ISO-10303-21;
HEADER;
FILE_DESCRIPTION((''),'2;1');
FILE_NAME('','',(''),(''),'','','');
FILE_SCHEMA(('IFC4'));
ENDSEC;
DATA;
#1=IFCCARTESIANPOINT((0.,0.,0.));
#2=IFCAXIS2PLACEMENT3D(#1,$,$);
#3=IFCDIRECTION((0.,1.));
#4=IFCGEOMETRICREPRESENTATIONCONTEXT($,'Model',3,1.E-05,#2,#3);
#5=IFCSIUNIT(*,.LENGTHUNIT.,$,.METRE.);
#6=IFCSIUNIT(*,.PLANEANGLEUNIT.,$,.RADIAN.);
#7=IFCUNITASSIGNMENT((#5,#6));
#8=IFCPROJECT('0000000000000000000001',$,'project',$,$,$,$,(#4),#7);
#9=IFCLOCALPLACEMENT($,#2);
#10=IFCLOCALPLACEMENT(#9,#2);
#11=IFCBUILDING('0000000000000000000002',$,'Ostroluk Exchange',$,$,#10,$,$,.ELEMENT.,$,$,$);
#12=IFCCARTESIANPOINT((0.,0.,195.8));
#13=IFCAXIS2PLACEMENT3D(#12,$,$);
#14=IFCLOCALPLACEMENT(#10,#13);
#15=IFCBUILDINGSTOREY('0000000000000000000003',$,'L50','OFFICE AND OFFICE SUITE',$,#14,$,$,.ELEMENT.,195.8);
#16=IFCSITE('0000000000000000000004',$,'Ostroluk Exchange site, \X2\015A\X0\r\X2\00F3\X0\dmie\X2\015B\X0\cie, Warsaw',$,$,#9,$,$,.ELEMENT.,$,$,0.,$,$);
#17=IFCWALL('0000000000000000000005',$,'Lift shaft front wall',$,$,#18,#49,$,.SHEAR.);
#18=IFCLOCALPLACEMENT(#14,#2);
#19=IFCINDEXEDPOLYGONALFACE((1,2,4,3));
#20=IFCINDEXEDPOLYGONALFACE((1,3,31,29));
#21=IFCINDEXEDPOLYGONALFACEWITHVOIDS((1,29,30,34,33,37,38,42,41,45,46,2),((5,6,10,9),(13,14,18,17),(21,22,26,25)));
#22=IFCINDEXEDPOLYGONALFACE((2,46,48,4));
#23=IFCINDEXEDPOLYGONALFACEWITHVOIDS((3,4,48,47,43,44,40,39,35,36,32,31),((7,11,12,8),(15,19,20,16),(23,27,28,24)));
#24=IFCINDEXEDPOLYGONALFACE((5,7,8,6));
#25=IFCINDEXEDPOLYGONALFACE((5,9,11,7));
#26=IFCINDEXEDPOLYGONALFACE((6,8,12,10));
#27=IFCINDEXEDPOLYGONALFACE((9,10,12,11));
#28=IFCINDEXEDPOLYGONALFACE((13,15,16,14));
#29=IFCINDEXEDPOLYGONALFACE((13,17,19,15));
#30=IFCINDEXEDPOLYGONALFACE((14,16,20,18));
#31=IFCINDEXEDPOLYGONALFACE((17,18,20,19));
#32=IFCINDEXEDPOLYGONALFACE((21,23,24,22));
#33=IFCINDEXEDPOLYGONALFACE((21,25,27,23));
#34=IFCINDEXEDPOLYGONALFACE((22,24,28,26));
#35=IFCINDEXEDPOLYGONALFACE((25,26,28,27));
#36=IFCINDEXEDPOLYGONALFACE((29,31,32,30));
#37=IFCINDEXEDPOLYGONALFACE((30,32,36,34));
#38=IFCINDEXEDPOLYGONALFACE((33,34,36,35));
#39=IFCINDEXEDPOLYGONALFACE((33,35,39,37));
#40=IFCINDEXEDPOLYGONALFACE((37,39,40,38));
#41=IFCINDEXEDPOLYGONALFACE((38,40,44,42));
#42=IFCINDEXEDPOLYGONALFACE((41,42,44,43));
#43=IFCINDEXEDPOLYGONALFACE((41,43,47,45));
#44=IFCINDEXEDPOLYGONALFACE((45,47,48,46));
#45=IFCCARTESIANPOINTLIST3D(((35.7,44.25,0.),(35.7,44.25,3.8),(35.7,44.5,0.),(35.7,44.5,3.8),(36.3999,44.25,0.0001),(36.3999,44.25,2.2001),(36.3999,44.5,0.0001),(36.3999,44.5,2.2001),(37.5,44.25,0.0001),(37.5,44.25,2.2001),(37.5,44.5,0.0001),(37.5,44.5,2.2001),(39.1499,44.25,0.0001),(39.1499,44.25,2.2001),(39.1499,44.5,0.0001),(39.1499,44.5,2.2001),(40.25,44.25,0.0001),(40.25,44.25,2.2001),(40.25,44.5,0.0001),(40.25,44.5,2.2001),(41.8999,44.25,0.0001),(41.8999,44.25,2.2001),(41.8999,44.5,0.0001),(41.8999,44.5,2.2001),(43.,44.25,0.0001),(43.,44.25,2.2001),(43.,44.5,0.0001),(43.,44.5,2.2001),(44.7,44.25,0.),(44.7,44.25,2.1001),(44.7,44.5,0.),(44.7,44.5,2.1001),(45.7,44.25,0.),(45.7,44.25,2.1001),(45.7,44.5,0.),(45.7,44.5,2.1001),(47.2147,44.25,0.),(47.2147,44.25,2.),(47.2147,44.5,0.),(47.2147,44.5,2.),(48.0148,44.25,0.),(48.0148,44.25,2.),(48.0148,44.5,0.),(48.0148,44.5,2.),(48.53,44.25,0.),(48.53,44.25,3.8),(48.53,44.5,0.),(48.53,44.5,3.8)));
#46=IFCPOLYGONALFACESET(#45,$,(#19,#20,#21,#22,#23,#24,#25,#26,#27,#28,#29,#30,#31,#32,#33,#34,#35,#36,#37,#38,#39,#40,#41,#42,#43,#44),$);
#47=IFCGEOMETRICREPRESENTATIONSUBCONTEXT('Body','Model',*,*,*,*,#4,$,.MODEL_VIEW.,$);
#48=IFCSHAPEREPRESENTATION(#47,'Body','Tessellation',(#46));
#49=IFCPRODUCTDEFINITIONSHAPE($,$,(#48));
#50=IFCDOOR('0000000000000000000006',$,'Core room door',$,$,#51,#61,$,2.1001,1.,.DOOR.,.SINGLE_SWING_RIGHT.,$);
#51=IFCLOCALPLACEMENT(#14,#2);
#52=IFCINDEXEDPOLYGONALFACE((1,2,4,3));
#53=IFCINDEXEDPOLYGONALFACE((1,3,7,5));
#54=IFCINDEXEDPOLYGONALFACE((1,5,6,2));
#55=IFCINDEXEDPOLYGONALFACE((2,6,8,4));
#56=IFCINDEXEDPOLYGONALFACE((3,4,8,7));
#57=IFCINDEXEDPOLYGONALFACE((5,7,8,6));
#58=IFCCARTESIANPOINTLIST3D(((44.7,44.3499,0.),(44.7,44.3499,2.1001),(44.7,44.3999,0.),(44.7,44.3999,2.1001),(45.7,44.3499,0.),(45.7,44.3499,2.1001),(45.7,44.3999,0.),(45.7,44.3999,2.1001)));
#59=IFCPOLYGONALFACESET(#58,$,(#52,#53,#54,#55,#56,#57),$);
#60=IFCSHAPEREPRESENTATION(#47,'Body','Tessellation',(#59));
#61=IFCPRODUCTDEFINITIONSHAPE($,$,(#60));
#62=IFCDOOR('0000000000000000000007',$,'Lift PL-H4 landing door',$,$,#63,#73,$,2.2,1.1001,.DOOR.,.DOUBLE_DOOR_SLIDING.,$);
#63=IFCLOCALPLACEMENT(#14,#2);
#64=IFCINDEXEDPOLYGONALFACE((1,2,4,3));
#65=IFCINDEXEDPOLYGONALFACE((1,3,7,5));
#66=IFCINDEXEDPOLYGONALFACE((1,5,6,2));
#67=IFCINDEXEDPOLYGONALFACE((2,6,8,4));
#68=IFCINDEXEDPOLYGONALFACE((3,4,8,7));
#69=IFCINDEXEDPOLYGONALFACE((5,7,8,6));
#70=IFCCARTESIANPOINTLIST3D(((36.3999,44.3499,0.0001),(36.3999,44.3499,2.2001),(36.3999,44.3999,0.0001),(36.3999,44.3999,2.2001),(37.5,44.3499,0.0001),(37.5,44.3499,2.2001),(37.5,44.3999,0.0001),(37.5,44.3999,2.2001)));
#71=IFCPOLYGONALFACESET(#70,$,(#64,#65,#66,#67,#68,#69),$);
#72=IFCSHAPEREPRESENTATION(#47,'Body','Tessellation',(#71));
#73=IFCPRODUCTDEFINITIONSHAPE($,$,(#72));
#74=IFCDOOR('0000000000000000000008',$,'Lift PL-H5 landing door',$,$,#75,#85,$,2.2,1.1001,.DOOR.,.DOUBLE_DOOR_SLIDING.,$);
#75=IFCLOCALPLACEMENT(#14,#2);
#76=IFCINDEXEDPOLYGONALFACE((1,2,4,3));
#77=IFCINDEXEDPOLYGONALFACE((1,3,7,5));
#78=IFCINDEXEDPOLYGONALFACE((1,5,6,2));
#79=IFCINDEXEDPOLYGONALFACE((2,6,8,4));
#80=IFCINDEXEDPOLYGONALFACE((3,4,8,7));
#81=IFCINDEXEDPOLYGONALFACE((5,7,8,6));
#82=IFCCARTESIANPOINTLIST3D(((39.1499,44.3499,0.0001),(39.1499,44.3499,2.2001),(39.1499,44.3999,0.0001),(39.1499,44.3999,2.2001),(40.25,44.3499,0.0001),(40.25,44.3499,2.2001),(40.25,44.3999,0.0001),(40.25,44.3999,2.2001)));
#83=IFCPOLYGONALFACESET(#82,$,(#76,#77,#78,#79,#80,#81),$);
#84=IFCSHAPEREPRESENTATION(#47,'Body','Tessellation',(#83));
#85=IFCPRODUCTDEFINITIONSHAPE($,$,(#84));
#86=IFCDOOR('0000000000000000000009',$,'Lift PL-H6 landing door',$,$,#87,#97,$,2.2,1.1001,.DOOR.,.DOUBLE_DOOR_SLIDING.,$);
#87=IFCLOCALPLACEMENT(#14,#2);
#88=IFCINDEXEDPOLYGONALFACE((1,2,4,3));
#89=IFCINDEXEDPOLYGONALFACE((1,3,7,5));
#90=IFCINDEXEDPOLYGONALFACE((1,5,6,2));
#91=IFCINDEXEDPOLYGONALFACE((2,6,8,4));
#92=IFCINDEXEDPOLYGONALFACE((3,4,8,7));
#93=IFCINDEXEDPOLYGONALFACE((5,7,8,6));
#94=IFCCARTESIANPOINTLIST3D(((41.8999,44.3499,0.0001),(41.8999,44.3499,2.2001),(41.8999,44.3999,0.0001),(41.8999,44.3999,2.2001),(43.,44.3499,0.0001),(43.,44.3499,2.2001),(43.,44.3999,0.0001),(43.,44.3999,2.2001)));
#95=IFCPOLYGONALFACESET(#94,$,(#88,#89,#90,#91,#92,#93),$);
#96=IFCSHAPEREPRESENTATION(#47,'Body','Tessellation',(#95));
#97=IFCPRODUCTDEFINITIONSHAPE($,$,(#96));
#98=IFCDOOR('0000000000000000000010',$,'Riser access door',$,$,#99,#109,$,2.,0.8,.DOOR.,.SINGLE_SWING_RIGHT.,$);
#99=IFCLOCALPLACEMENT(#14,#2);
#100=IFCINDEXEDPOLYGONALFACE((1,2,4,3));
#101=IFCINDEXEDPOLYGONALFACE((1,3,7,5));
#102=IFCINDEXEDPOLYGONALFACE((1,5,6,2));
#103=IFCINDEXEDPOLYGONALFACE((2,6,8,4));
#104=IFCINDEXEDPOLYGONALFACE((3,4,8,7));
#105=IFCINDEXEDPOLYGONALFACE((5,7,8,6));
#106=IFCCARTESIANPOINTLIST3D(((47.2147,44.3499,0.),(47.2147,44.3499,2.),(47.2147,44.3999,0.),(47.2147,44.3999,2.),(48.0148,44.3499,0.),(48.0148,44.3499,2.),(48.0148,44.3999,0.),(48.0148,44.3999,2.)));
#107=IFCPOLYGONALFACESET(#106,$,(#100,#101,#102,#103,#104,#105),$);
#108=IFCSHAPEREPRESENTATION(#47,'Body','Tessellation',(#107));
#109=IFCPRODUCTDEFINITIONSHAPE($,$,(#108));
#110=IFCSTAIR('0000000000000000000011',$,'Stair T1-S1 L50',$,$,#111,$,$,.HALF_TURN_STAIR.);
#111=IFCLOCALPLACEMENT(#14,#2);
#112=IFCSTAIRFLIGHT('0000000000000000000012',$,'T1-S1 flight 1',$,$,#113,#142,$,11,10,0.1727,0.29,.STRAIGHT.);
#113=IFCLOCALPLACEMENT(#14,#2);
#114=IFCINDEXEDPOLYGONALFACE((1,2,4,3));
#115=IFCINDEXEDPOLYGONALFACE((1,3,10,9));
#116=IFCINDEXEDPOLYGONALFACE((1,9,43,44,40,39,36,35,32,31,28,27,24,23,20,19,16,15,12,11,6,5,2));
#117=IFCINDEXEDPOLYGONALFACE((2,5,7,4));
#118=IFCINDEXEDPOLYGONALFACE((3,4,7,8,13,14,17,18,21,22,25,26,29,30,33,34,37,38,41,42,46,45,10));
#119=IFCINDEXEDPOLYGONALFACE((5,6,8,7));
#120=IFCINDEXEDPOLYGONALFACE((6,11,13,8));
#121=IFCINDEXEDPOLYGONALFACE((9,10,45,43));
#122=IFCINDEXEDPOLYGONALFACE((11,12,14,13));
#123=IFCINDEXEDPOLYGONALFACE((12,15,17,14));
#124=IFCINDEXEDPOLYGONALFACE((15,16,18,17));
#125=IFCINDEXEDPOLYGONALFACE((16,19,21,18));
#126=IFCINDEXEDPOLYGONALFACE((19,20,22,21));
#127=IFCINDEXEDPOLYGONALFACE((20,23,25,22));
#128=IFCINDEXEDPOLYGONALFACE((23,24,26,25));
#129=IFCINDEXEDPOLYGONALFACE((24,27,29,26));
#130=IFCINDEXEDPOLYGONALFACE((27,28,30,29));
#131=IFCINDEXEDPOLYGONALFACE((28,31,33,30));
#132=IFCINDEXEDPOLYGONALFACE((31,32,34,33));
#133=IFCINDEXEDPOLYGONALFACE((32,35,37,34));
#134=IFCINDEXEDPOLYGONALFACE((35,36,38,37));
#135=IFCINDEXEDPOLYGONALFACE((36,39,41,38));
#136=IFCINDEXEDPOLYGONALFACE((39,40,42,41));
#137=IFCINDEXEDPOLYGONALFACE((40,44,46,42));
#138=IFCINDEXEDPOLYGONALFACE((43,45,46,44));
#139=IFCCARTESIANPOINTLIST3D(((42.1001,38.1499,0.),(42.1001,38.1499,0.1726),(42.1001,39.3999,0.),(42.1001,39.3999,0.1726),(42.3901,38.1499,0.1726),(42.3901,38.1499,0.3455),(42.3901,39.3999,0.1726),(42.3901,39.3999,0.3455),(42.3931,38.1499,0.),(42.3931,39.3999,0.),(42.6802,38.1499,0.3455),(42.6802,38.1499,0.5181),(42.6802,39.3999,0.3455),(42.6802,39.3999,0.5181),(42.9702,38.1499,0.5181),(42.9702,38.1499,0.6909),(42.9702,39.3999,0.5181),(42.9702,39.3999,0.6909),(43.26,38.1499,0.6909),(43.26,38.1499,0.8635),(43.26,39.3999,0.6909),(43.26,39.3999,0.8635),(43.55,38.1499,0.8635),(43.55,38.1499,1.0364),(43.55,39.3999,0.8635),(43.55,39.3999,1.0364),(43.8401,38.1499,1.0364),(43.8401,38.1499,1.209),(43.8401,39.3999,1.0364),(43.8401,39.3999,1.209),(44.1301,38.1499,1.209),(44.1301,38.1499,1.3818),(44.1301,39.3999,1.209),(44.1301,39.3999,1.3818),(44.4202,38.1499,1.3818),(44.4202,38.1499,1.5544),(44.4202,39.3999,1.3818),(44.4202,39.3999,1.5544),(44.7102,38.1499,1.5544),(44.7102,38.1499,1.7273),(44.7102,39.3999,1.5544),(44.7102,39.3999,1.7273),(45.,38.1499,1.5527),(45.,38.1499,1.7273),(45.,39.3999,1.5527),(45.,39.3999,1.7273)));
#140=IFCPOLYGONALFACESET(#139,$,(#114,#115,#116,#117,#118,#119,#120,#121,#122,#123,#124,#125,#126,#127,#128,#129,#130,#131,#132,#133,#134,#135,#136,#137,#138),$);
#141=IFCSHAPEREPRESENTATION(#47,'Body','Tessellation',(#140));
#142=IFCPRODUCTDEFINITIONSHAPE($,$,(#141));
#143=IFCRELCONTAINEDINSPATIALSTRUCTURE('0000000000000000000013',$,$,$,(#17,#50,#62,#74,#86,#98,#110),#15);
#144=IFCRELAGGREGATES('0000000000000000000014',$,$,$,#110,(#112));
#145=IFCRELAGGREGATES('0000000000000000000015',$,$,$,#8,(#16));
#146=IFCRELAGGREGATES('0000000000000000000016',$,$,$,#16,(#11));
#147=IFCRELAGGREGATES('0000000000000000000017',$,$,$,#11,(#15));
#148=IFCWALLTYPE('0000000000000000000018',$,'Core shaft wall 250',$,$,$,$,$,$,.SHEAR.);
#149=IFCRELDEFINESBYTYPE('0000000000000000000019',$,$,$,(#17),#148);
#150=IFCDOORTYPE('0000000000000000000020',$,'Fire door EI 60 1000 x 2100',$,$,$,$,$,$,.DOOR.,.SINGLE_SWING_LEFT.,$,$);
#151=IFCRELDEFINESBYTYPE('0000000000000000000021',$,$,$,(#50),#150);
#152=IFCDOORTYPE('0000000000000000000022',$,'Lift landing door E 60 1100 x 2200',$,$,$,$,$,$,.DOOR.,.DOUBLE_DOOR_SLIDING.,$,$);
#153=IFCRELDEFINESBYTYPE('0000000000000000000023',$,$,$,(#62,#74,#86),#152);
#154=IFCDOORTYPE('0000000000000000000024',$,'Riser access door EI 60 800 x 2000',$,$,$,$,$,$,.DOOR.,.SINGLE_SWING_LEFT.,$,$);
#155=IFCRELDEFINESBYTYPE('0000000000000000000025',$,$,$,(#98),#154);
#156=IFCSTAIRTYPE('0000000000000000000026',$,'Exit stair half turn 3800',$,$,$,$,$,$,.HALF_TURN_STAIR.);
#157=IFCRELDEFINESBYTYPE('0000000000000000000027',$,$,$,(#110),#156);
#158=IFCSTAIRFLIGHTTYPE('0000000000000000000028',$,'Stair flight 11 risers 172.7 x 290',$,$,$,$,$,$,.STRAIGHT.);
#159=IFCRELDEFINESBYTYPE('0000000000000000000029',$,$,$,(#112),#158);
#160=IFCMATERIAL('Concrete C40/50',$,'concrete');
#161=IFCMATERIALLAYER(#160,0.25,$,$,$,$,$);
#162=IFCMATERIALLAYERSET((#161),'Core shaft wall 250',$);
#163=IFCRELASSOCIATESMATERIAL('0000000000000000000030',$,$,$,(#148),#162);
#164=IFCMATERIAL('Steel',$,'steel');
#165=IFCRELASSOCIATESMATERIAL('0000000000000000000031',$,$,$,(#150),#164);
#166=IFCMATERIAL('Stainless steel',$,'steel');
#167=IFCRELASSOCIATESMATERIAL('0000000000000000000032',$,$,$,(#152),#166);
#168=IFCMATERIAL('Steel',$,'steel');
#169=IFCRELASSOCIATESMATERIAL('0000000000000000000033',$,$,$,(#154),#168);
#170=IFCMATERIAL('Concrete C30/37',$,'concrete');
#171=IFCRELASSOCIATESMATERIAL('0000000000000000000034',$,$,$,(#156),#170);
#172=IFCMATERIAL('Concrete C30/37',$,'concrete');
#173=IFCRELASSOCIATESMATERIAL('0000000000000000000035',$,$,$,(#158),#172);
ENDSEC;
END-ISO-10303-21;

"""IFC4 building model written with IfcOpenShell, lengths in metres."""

from ifc_helpers import new_model, si_unit, direction, frame, frame_2d, origin, place, context, subcontext, project, spatial, polyline, rectangle, outline, extrude, material, layer, layer_set, type_object, element, fill, aggregate, save


model = new_model("IFC4")

# Units and contexts
model_context = context("Model", 3, precision=1e-05, world=origin(), true_north=direction((0.0, 1.0)))
body_context = subcontext(model_context, "Body", "Model", "MODEL_VIEW")
ifc_project = project(units=[si_unit("LENGTHUNIT", "METRE"), si_unit("PLANEANGLEUNIT", "RADIAN")], contexts=[model_context])

# Site, building, storey
site_placement = place(None, origin())
site = spatial("IfcSite", under=ifc_project, at=site_placement, Name="Ostroluk Exchange site, Śródmieście, Warsaw", CompositionType="ELEMENT", RefElevation=0.0)
building_placement = place(site_placement, origin())
building = spatial("IfcBuilding", under=site, at=building_placement, Name="Ostroluk Exchange", CompositionType="ELEMENT")
storey_placement = place(building_placement, frame((0.0, 0.0, 195.8)))
storey = spatial("IfcBuildingStorey", under=building, at=storey_placement, Name="L50", Description="OFFICE AND OFFICE SUITE", CompositionType="ELEMENT", Elevation=195.8)

# Shared definitions
ifc_material_1 = material(Name="Concrete C40/50", Category="concrete")
ifc_layer_1 = layer(ifc_material_1, 0.25)
ifc_layer_set_1 = layer_set([ifc_layer_1], Name="Core shaft wall 250")
wall_type_1 = type_object("IfcWallType", Name="Core shaft wall 250", PredefinedType="SHEAR", material=ifc_layer_set_1)

# Wall, openings, doors
wall_1_placement = place(storey_placement, frame((35.7, 44.375, 0.0), z_axis=(0.0, 0.0, 1.0), x_axis=(1.0, 0.0, 0.0)))
wall_1 = element("IfcWall", 1, at=wall_1_placement, inside=storey, type_object=wall_type_1, Name="Lift shaft front wall", PredefinedType="SHEAR", context=body_context, shape_type="SweptSolid", body=[
    extrude(rectangle(XDim=12.8301, YDim=0.25, at=frame_2d((6.415, 0.0))), origin(), (0.0, 0.0, 1.0), 3.8),
])
opening_1_placement = place(wall_1_placement, frame((0.7, 0.0, 0.0)))
opening_1 = element("IfcOpeningElement", 2, at=opening_1_placement, cuts=wall_1, PredefinedType="OPENING", context=body_context, shape_type="SweptSolid", body=[
    extrude(rectangle(XDim=1.1001, YDim=2.2, at=frame_2d((0.55, 1.1001))), frame((0.0, 0.135, 0.0), z_axis=(0.0, -1.0, 0.0), x_axis=(1.0, 0.0, 0.0)), (0.0, 0.0, 1.0), 0.27),
])
opening_2_placement = place(wall_1_placement, frame((3.45, 0.0, 0.0)))
opening_2 = element("IfcOpeningElement", 3, at=opening_2_placement, cuts=wall_1, PredefinedType="OPENING", context=body_context, shape_type="SweptSolid", body=[
    extrude(rectangle(XDim=1.1001, YDim=2.2, at=frame_2d((0.55, 1.1001))), frame((0.0, 0.135, 0.0), z_axis=(0.0, -1.0, 0.0), x_axis=(1.0, 0.0, 0.0)), (0.0, 0.0, 1.0), 0.27),
])
opening_3_placement = place(wall_1_placement, frame((6.2, 0.0, 0.0)))
opening_3 = element("IfcOpeningElement", 4, at=opening_3_placement, cuts=wall_1, PredefinedType="OPENING", context=body_context, shape_type="SweptSolid", body=[
    extrude(rectangle(XDim=1.1001, YDim=2.2, at=frame_2d((0.55, 1.1001))), frame((0.0, 0.135, 0.0), z_axis=(0.0, -1.0, 0.0), x_axis=(1.0, 0.0, 0.0)), (0.0, 0.0, 1.0), 0.27),
])
opening_4_placement = place(wall_1_placement, frame((9.0, 0.0, 0.0)))
opening_4 = element("IfcOpeningElement", 5, at=opening_4_placement, cuts=wall_1, PredefinedType="OPENING", context=body_context, shape_type="SweptSolid", body=[
    extrude(rectangle(XDim=1.0, YDim=2.1001, at=frame_2d((0.5, 1.05))), frame((0.0, 0.135, 0.0), z_axis=(0.0, -1.0, 0.0), x_axis=(1.0, 0.0, 0.0)), (0.0, 0.0, 1.0), 0.27),
])
opening_5_placement = place(wall_1_placement, frame((11.5149, 0.0, 0.0)))
opening_5 = element("IfcOpeningElement", 6, at=opening_5_placement, cuts=wall_1, PredefinedType="OPENING", context=body_context, shape_type="SweptSolid", body=[
    extrude(rectangle(XDim=0.8, YDim=2.0, at=frame_2d((0.3999, 1.0))), frame((0.0, 0.135, 0.0), z_axis=(0.0, -1.0, 0.0), x_axis=(1.0, 0.0, 0.0)), (0.0, 0.0, 1.0), 0.27),
])
ifc_material_2 = material(Name="Steel", Category="steel")
door_type_1 = type_object("IfcDoorType", Name="Fire door EI 60 1000 x 2100", OperationType="SINGLE_SWING_LEFT", PredefinedType="DOOR", material=ifc_material_2)
door_1_placement = place(opening_4_placement, origin())
door_1 = element("IfcDoor", 7, at=door_1_placement, inside=storey, type_object=door_type_1, Name="Core room door", OperationType="SINGLE_SWING_RIGHT", OverallHeight=2.1001, OverallWidth=1.0, PredefinedType="DOOR", context=body_context, shape_type="SweptSolid", body=[
    extrude(rectangle(XDim=1.0, YDim=2.1001, at=frame_2d((0.5, 1.05))), frame((0.0, 0.0249, 0.0), z_axis=(0.0, -1.0, 0.0), x_axis=(1.0, 0.0, 0.0)), (0.0, 0.0, 1.0), 0.05),
])
fill(opening_4, door_1)
ifc_material_3 = material(Name="Stainless steel", Category="steel")
door_type_2 = type_object("IfcDoorType", Name="Lift landing door E 60 1100 x 2200", OperationType="DOUBLE_DOOR_SLIDING", PredefinedType="DOOR", material=ifc_material_3)
door_2_placement = place(opening_1_placement, origin())
door_2 = element("IfcDoor", 8, at=door_2_placement, inside=storey, type_object=door_type_2, Name="Lift PL-H4 landing door", OperationType="DOUBLE_DOOR_SLIDING", OverallHeight=2.2, OverallWidth=1.1001, PredefinedType="DOOR", context=body_context, shape_type="SweptSolid", body=[
    extrude(rectangle(XDim=1.1001, YDim=2.2, at=frame_2d((0.55, 1.1001))), frame((0.0, 0.0249, 0.0), z_axis=(0.0, -1.0, 0.0), x_axis=(1.0, 0.0, 0.0)), (0.0, 0.0, 1.0), 0.05),
])
fill(opening_1, door_2)
door_3_placement = place(opening_2_placement, origin())
door_3 = element("IfcDoor", 9, at=door_3_placement, inside=storey, type_object=door_type_2, Name="Lift PL-H5 landing door", OperationType="DOUBLE_DOOR_SLIDING", OverallHeight=2.2, OverallWidth=1.1001, PredefinedType="DOOR", context=body_context, shape_type="SweptSolid", body=[
    extrude(rectangle(XDim=1.1001, YDim=2.2, at=frame_2d((0.55, 1.1001))), frame((0.0, 0.0249, 0.0), z_axis=(0.0, -1.0, 0.0), x_axis=(1.0, 0.0, 0.0)), (0.0, 0.0, 1.0), 0.05),
])
fill(opening_2, door_3)
door_4_placement = place(opening_3_placement, origin())
door_4 = element("IfcDoor", 10, at=door_4_placement, inside=storey, type_object=door_type_2, Name="Lift PL-H6 landing door", OperationType="DOUBLE_DOOR_SLIDING", OverallHeight=2.2, OverallWidth=1.1001, PredefinedType="DOOR", context=body_context, shape_type="SweptSolid", body=[
    extrude(rectangle(XDim=1.1001, YDim=2.2, at=frame_2d((0.55, 1.1001))), frame((0.0, 0.0249, 0.0), z_axis=(0.0, -1.0, 0.0), x_axis=(1.0, 0.0, 0.0)), (0.0, 0.0, 1.0), 0.05),
])
fill(opening_3, door_4)
ifc_material_4 = material(Name="Steel", Category="steel")
door_type_3 = type_object("IfcDoorType", Name="Riser access door EI 60 800 x 2000", OperationType="SINGLE_SWING_LEFT", PredefinedType="DOOR", material=ifc_material_4)
door_5_placement = place(opening_5_placement, origin())
door_5 = element("IfcDoor", 11, at=door_5_placement, inside=storey, type_object=door_type_3, Name="Riser access door", OperationType="SINGLE_SWING_RIGHT", OverallHeight=2.0, OverallWidth=0.8, PredefinedType="DOOR", context=body_context, shape_type="SweptSolid", body=[
    extrude(rectangle(XDim=0.8, YDim=2.0, at=frame_2d((0.3999, 1.0))), frame((0.0, 0.0249, 0.0), z_axis=(0.0, -1.0, 0.0), x_axis=(1.0, 0.0, 0.0)), (0.0, 0.0, 1.0), 0.05),
])
fill(opening_5, door_5)

# Stair, stair flight
ifc_material_5 = material(Name="Concrete C30/37", Category="concrete")
stair_type = type_object("IfcStairType", Name="Exit stair half turn 3800", PredefinedType="HALF_TURN_STAIR", material=ifc_material_5)
stair_placement = place(storey_placement, origin())
stair = element("IfcStair", 12, at=stair_placement, inside=storey, type_object=stair_type, Name="Stair T1-S1 L50", PredefinedType="HALF_TURN_STAIR")
ifc_material_6 = material(Name="Concrete C30/37", Category="concrete")
stair_flight_type = type_object("IfcStairFlightType", Name="Stair flight 11 risers 172.7 x 290", PredefinedType="STRAIGHT", material=ifc_material_6)
stair_flight_placement = place(storey_placement, frame((42.1001, 38.7749, 0.0), z_axis=(0.0, 0.0, 1.0), x_axis=(1.0, 0.0, 0.0)))
stair_flight = element("IfcStairFlight", 13, at=stair_flight_placement, type_object=stair_flight_type, Name="T1-S1 flight 1", NumberOfRisers=11, NumberOfTreads=10, PredefinedType="STRAIGHT", RiserHeight=0.1727, TreadLength=0.29, context=body_context, shape_type="SweptSolid", body=[
    extrude(outline(polyline([(0.0, 0.0), (0.0, 0.1726), (0.29, 0.1726), (0.29, 0.3455), (0.5801, 0.3455), (0.5801, 0.5181), (0.8701, 0.5181), (0.8701, 0.6909), (1.1599, 0.6909), (1.1599, 0.8635), (1.45, 0.8635), (1.45, 1.0364), (1.74, 1.0364), (1.74, 1.209), (2.03, 1.209), (2.03, 1.3818), (2.3201, 1.3818), (2.3201, 1.5544), (2.6101, 1.5544), (2.6101, 1.7273), (2.8999, 1.7273), (2.8999, 1.8999), (2.8999, 1.5527), (0.293, 0.0), (0.0, 0.0)])), frame((0.0, 0.625, 0.0), z_axis=(0.0, -1.0, 0.0), x_axis=(1.0, 0.0, 0.0)), (0.0, 0.0, 1.0), 1.25),
])
aggregate(stair, [stair_flight])

save(model, "model.ifc")
